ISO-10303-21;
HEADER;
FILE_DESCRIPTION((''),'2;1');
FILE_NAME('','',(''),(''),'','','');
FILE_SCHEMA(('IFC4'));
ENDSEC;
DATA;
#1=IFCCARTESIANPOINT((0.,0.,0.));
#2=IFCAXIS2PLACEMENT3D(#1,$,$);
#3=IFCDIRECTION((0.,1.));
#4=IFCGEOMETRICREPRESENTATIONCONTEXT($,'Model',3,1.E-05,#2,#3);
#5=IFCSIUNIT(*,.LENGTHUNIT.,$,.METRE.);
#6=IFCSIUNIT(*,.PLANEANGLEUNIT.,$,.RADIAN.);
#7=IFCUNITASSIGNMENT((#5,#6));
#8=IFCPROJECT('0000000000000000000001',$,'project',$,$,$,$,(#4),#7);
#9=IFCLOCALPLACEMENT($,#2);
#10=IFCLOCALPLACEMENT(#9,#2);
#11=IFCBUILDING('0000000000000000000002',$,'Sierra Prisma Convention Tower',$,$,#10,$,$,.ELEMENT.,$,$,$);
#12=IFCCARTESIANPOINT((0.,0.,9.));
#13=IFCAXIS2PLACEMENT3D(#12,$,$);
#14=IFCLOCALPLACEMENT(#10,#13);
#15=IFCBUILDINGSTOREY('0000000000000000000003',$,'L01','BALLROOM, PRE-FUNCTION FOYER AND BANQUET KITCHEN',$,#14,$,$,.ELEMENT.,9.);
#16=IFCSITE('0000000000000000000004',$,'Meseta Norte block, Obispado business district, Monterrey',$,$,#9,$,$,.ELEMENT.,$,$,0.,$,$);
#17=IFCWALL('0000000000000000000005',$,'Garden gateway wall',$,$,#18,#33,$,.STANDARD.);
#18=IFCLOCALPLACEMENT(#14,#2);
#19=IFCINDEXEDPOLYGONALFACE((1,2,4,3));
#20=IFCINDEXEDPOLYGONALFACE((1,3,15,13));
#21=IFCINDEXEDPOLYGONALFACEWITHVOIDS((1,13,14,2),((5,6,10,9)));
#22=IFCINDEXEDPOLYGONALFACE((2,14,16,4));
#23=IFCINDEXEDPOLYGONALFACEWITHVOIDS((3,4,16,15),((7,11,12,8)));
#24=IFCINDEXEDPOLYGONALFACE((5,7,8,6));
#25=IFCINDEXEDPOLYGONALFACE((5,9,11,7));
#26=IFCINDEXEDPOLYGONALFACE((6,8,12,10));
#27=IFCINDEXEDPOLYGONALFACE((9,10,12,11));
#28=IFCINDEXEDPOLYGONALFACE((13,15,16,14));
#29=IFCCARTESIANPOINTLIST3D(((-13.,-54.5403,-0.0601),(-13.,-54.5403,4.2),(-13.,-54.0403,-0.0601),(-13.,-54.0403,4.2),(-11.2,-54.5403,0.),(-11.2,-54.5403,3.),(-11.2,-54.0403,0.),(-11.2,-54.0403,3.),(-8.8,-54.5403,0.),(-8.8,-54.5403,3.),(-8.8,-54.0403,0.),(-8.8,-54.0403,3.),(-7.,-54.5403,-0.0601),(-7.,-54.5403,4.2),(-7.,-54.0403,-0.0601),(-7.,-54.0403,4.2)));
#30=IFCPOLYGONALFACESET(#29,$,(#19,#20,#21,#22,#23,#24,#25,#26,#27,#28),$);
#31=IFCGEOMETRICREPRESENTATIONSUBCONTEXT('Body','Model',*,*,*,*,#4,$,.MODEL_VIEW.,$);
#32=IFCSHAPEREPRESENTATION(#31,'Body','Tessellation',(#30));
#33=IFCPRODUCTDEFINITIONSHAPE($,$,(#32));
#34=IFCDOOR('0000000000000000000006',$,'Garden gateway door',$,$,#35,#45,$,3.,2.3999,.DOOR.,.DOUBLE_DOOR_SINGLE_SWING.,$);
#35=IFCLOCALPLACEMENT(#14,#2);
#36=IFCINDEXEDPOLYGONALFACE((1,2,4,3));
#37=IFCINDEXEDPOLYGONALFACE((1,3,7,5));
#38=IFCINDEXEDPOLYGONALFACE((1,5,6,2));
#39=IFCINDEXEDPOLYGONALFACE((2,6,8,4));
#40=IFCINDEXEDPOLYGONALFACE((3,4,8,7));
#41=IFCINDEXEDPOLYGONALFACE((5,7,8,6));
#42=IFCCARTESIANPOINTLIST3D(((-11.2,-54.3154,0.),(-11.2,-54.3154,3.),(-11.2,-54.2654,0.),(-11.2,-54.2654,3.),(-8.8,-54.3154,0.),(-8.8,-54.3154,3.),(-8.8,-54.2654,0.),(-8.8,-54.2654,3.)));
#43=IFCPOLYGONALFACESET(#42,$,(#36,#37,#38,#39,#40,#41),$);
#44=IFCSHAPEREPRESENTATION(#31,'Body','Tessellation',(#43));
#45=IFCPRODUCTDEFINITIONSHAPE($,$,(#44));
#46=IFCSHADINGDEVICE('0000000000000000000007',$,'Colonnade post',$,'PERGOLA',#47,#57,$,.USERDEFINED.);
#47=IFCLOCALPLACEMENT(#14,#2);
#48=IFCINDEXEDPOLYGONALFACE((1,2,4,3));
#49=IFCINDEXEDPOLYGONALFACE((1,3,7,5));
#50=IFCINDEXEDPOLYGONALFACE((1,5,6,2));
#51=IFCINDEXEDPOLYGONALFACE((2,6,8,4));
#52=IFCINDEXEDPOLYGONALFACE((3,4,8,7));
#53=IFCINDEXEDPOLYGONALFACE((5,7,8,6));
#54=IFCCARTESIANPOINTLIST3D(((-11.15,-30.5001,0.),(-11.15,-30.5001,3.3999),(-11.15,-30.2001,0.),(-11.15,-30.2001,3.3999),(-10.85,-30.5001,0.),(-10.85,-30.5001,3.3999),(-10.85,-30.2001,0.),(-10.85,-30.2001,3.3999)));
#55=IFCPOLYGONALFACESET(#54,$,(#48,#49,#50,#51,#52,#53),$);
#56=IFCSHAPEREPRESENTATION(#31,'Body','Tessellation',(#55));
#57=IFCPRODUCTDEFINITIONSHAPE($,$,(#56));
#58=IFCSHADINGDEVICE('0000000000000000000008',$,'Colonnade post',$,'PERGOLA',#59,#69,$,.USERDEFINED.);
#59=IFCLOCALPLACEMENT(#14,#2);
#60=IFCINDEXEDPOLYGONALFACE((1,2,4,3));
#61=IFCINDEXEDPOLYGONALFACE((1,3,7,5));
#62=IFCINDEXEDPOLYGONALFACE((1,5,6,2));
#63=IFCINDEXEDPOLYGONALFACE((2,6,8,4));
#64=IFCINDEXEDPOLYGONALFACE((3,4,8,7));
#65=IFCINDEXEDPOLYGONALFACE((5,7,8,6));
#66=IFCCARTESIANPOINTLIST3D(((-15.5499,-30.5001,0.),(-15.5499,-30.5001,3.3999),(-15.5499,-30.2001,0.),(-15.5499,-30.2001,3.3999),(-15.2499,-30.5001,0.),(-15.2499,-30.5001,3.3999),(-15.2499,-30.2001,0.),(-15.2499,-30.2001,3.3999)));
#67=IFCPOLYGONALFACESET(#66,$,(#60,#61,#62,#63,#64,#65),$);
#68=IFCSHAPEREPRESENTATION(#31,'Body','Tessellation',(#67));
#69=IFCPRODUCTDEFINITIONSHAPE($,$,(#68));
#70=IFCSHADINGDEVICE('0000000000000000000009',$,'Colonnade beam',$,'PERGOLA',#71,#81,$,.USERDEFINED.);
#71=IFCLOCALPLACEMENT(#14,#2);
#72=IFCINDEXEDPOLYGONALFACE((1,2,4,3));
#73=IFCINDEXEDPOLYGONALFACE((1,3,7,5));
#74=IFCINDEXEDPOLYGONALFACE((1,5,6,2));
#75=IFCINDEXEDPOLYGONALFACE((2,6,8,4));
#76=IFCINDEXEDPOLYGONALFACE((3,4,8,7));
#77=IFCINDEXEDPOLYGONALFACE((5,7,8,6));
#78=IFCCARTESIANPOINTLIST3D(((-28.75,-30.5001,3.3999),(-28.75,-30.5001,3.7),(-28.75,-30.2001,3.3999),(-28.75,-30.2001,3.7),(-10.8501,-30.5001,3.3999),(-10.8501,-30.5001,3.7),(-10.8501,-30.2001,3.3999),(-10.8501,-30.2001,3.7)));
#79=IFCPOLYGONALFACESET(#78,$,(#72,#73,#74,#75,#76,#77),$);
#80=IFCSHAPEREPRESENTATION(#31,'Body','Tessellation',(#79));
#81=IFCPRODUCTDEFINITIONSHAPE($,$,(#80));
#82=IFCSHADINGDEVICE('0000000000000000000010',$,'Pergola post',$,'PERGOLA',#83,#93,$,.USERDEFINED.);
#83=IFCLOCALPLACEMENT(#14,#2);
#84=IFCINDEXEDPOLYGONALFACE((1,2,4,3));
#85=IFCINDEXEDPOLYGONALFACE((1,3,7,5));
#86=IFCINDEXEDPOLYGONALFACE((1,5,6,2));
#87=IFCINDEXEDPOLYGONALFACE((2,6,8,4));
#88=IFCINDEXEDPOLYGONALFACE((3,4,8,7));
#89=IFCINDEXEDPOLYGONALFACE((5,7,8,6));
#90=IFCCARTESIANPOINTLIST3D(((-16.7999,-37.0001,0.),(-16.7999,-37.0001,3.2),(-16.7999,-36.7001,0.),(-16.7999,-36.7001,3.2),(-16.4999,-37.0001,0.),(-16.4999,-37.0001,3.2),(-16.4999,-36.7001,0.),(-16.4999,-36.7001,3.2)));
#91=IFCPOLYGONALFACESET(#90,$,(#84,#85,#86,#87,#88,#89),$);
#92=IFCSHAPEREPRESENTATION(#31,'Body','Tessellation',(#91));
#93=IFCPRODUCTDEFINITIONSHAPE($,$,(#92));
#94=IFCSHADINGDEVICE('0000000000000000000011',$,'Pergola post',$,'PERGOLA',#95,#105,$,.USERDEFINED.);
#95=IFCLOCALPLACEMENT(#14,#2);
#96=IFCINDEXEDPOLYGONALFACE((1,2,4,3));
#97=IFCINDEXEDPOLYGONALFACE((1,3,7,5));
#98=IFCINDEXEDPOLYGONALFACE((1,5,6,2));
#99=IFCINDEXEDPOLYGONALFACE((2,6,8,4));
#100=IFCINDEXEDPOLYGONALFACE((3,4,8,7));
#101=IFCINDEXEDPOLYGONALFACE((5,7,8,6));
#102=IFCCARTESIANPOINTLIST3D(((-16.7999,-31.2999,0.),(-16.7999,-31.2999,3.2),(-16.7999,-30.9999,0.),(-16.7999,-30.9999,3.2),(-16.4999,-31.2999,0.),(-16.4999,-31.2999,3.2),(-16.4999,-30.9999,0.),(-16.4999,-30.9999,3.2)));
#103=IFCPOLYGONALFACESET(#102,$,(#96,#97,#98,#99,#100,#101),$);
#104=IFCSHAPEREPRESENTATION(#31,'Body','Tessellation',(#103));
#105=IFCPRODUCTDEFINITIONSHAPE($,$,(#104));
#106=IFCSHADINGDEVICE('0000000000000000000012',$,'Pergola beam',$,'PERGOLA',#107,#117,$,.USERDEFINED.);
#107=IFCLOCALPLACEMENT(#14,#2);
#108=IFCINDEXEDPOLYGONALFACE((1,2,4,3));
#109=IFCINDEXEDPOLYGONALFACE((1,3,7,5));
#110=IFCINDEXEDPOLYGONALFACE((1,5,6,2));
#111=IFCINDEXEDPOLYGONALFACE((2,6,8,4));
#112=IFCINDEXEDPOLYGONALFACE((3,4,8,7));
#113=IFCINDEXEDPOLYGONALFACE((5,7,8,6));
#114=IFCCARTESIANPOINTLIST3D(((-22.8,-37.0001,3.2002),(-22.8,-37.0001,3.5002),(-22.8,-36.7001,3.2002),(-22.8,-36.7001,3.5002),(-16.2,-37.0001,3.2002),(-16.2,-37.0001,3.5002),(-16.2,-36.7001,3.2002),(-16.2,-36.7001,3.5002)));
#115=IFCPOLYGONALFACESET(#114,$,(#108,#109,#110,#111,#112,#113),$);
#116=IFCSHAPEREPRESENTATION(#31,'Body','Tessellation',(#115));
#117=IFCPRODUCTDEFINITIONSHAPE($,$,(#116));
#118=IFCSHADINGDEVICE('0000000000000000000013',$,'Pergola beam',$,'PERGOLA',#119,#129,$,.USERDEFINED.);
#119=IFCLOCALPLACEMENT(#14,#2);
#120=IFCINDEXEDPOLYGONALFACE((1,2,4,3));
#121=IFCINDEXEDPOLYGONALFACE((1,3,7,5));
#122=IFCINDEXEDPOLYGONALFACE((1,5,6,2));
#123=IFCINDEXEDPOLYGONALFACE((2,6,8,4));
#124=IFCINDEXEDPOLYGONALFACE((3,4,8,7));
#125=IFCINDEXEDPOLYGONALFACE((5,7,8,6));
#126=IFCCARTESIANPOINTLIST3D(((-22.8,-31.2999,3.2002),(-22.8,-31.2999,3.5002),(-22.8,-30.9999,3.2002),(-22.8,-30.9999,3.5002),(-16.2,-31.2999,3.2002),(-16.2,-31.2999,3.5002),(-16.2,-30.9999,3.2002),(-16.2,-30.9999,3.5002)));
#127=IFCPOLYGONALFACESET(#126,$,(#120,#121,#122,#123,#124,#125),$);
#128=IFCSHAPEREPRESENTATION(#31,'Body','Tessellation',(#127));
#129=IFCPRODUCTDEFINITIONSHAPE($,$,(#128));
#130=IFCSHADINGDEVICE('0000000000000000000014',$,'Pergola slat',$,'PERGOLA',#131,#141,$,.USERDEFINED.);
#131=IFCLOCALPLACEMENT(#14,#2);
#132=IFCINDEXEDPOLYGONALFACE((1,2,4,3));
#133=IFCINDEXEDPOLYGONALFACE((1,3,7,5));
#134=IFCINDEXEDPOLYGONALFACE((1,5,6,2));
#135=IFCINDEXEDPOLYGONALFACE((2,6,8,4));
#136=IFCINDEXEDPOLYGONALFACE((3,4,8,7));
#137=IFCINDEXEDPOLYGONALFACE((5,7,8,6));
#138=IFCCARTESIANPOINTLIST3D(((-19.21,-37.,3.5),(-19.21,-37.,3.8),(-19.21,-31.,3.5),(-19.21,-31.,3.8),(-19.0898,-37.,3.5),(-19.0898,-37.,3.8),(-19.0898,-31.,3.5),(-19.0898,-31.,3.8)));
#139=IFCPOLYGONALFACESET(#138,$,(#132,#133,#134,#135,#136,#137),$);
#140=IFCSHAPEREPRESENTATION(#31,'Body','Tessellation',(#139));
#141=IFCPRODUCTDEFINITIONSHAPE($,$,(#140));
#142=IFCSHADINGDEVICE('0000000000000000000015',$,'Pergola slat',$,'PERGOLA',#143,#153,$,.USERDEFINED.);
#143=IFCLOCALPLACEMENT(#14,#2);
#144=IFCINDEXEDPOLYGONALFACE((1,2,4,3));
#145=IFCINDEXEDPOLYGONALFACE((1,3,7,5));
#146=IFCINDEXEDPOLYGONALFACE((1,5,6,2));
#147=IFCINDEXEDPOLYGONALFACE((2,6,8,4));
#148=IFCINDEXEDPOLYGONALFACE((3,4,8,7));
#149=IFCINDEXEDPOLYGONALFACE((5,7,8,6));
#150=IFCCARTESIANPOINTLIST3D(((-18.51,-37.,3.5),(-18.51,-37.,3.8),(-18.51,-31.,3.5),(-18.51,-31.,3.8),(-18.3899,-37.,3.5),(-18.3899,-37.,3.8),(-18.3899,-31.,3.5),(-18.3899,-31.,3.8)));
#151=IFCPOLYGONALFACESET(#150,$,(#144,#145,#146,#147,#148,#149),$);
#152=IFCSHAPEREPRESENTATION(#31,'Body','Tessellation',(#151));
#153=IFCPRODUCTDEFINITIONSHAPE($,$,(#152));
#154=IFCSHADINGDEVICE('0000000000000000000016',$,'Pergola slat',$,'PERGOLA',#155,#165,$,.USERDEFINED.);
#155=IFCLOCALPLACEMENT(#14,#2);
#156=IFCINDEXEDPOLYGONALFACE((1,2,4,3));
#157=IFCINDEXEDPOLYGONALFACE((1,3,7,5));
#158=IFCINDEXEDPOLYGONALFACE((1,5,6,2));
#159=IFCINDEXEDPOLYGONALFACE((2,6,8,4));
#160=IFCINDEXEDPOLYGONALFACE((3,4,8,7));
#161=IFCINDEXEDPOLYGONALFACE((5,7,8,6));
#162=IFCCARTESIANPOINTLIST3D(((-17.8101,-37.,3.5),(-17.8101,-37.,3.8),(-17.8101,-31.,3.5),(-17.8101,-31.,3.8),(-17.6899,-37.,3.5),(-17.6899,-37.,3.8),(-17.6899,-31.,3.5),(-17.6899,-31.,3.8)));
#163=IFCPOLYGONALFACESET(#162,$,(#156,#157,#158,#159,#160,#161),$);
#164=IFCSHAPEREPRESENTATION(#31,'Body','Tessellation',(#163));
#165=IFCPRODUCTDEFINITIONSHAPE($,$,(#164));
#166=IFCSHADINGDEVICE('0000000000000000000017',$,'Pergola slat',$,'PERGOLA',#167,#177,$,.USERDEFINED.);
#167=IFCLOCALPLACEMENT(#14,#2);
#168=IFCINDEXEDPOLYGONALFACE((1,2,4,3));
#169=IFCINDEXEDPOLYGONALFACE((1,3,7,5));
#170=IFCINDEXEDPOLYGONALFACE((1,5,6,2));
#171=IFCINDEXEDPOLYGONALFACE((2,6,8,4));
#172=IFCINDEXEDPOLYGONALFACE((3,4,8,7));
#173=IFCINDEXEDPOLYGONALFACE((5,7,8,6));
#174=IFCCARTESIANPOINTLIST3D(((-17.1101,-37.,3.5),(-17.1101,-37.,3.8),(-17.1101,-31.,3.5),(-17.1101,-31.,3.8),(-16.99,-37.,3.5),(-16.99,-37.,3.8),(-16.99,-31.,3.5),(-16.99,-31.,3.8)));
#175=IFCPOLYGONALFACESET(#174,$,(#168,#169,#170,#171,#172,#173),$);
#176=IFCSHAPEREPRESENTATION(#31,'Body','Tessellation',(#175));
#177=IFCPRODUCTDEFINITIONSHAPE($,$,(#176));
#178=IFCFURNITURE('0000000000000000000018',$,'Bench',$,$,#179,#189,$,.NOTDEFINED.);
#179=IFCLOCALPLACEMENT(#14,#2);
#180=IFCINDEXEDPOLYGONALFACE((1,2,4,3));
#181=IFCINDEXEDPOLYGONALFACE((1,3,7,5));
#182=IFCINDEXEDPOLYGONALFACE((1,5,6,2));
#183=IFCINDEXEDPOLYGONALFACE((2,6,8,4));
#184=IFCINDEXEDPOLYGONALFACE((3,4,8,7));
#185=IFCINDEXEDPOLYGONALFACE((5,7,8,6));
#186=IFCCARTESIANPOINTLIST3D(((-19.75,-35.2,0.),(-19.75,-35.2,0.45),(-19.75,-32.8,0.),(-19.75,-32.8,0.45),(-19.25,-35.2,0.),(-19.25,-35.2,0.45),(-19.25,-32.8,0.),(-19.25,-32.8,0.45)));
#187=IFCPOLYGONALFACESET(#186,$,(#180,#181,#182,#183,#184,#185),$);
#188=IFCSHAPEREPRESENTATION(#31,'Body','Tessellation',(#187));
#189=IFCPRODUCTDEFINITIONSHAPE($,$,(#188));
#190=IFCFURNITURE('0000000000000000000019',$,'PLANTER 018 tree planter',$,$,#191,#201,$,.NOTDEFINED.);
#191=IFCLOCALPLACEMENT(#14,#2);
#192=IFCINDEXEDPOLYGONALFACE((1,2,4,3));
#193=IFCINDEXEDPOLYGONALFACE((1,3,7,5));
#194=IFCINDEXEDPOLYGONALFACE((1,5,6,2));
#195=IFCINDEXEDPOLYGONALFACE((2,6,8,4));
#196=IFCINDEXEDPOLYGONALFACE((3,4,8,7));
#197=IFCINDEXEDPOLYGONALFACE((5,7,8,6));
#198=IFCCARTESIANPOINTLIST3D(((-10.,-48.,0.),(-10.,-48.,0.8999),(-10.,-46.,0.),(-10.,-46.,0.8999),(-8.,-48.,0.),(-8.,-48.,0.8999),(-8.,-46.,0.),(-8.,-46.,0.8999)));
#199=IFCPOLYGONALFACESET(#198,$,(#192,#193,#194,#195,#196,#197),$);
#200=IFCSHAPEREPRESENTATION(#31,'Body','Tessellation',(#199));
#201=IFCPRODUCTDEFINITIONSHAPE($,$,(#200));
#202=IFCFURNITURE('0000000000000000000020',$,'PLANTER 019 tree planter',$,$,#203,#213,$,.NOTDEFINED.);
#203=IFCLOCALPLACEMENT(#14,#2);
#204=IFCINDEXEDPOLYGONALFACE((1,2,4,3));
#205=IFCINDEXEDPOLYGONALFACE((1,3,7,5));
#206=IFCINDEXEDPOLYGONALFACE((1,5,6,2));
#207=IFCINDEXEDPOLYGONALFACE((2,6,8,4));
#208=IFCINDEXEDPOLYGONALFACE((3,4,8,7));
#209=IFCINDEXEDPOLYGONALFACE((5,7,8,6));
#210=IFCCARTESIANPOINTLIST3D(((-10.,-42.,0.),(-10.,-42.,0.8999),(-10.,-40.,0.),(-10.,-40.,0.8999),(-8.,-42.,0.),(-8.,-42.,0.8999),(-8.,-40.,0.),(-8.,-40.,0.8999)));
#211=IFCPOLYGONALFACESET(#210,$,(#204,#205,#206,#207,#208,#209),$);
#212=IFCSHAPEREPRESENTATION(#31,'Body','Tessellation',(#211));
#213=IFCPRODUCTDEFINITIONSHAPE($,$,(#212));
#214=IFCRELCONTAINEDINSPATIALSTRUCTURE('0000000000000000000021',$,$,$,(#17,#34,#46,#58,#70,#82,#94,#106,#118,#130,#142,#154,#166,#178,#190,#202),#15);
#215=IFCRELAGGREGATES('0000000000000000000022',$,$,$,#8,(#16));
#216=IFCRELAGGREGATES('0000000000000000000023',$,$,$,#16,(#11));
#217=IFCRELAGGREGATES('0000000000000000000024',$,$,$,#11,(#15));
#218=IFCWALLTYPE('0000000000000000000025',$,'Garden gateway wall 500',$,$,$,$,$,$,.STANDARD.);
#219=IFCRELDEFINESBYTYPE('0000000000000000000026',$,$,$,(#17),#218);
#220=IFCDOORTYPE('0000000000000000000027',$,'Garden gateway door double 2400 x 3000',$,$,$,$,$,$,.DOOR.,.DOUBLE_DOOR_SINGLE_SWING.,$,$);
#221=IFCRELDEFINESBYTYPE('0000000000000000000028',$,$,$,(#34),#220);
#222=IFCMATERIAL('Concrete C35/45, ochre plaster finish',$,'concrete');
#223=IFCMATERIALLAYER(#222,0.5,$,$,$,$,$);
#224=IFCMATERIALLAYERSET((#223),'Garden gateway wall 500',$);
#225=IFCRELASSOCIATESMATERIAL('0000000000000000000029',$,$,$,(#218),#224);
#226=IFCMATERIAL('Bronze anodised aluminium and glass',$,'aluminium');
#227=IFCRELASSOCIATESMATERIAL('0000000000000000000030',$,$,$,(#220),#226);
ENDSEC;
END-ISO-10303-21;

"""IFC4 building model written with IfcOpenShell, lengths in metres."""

from ifc_helpers import new_model, si_unit, direction, frame, frame_2d, origin, origin_2d, place, context, subcontext, project, spatial, rectangle, extrude, material, layer, layer_set, type_object, element, fill, save


model = new_model("IFC4")

# Units and contexts
model_context = context("Model", 3, precision=1e-05, world=origin(), true_north=direction((0.0, 1.0)))
body_context = subcontext(model_context, "Body", "Model", "MODEL_VIEW")
ifc_project = project(units=[si_unit("LENGTHUNIT", "METRE"), si_unit("PLANEANGLEUNIT", "RADIAN")], contexts=[model_context])

# Site, building, storey
site_placement = place(None, origin())
site = spatial("IfcSite", under=ifc_project, at=site_placement, Name="Meseta Norte block, Obispado business district, Monterrey", CompositionType="ELEMENT", RefElevation=0.0)
building_placement = place(site_placement, origin())
building = spatial("IfcBuilding", under=site, at=building_placement, Name="Sierra Prisma Convention Tower", CompositionType="ELEMENT")
storey_placement = place(building_placement, frame((0.0, 0.0, 9.0)))
storey = spatial("IfcBuildingStorey", under=building, at=storey_placement, Name="L01", Description="BALLROOM, PRE-FUNCTION FOYER AND BANQUET KITCHEN", CompositionType="ELEMENT", Elevation=9.0)

# Wall, opening, door
ifc_material_1 = material(Name="Concrete C35/45, ochre plaster finish", Category="concrete")
ifc_layer = layer(ifc_material_1, 0.5)
ifc_layer_set = layer_set([ifc_layer], Name="Garden gateway wall 500")
wall_type = type_object("IfcWallType", Name="Garden gateway wall 500", PredefinedType="STANDARD", material=ifc_layer_set)
wall_placement = place(storey_placement, frame((-13.0, -54.2903, -0.0601), z_axis=(0.0, 0.0, 1.0), x_axis=(1.0, 0.0, 0.0)))
wall = element("IfcWall", 1, at=wall_placement, inside=storey, type_object=wall_type, Name="Garden gateway wall", PredefinedType="STANDARD", context=body_context, shape_type="SweptSolid", body=[
    extrude(rectangle(XDim=6.0, YDim=0.5, at=frame_2d((3.0, 0.0))), origin(), (0.0, 0.0, 1.0), 4.26),
])
opening_placement = place(wall_placement, frame((1.8, 0.0, 0.0601)))
opening = element("IfcOpeningElement", 2, at=opening_placement, cuts=wall, PredefinedType="OPENING", context=body_context, shape_type="SweptSolid", body=[
    extrude(rectangle(XDim=2.3999, YDim=3.0, at=frame_2d((1.2, 1.5))), frame((0.0, 0.25, 0.0), z_axis=(0.0, -1.0, 0.0), x_axis=(1.0, 0.0, 0.0)), (0.0, 0.0, 1.0), 0.5),
])
ifc_material_2 = material(Name="Bronze anodised aluminium and glass", Category="aluminium")
door_type = type_object("IfcDoorType", Name="Garden gateway door double 2400 x 3000", OperationType="DOUBLE_DOOR_SINGLE_SWING", PredefinedType="DOOR", material=ifc_material_2)
door_placement = place(opening_placement, origin())
door = element("IfcDoor", 3, at=door_placement, inside=storey, type_object=door_type, Name="Garden gateway door", OperationType="DOUBLE_DOOR_SINGLE_SWING", OverallHeight=3.0, OverallWidth=2.3999, PredefinedType="DOOR", context=body_context, shape_type="SweptSolid", body=[
    extrude(rectangle(XDim=2.3999, YDim=3.0, at=frame_2d((1.2, 1.5))), frame((0.0, 0.0249, 0.0), z_axis=(0.0, -1.0, 0.0), x_axis=(1.0, 0.0, 0.0)), (0.0, 0.0, 1.0), 0.05),
])
fill(opening, door)

# Shading devices
for number, where, z_axis, x_axis, name in (
    (4, (-11.0, -30.3501, 0.0), (0.0, 0.0, 1.0), (1.0, 0.0, 0.0), "Colonnade post"),
    (5, (-15.3999, -30.3501, 0.0), (0.0, 0.0, 1.0), (1.0, 0.0, 0.0), "Colonnade post"),
):
    element("IfcShadingDevice", number, at=place(storey_placement, frame(where, z_axis=z_axis, x_axis=x_axis)), inside=storey, Name=name, ObjectType="PERGOLA", PredefinedType="USERDEFINED", context=body_context, shape_type="SweptSolid", body=[
        extrude(rectangle(XDim=0.3, YDim=0.3, at=origin_2d()), origin(), (0.0, 0.0, 1.0), 3.3999),
    ])
shading_device_placement = place(storey_placement, frame((-19.8, -30.3501, 3.3999), z_axis=(0.0, 0.0, 1.0), x_axis=(1.0, 0.0, 0.0)))
element("IfcShadingDevice", 6, at=shading_device_placement, inside=storey, Name="Colonnade beam", ObjectType="PERGOLA", PredefinedType="USERDEFINED", context=body_context, shape_type="SweptSolid", body=[
    extrude(rectangle(XDim=17.8999, YDim=0.3, at=origin_2d()), origin(), (0.0, 0.0, 1.0), 0.3),
])
for number, where, z_axis, x_axis, name in (
    (7, (-16.6499, -36.8501, 0.0), (0.0, 0.0, 1.0), (1.0, 0.0, 0.0), "Pergola post"),
    (8, (-16.6499, -31.1499, 0.0), (0.0, 0.0, 1.0), (1.0, 0.0, 0.0), "Pergola post"),
):
    element("IfcShadingDevice", number, at=place(storey_placement, frame(where, z_axis=z_axis, x_axis=x_axis)), inside=storey, Name=name, ObjectType="PERGOLA", PredefinedType="USERDEFINED", context=body_context, shape_type="SweptSolid", body=[
        extrude(rectangle(XDim=0.3, YDim=0.3, at=origin_2d()), origin(), (0.0, 0.0, 1.0), 3.2),
    ])
for number, where, z_axis, x_axis, name in (
    (9, (-19.5, -36.8501, 3.2002), (0.0, 0.0, 1.0), (1.0, 0.0, 0.0), "Pergola beam"),
    (10, (-19.5, -31.1499, 3.2002), (0.0, 0.0, 1.0), (1.0, 0.0, 0.0), "Pergola beam"),
):
    element("IfcShadingDevice", number, at=place(storey_placement, frame(where, z_axis=z_axis, x_axis=x_axis)), inside=storey, Name=name, ObjectType="PERGOLA", PredefinedType="USERDEFINED", context=body_context, shape_type="SweptSolid", body=[
        extrude(rectangle(XDim=6.6001, YDim=0.3, at=origin_2d()), origin(), (0.0, 0.0, 1.0), 0.3),
    ])
for number, where, z_axis, x_axis, name in (
    (11, (-19.1499, -34.0, 3.5), (0.0, 0.0, 1.0), (1.0, 0.0, 0.0), "Pergola slat"),
    (12, (-18.45, -34.0, 3.5), (0.0, 0.0, 1.0), (1.0, 0.0, 0.0), "Pergola slat"),
    (13, (-17.75, -34.0, 3.5), (0.0, 0.0, 1.0), (1.0, 0.0, 0.0), "Pergola slat"),
    (14, (-17.05, -34.0, 3.5), (0.0, 0.0, 1.0), (1.0, 0.0, 0.0), "Pergola slat"),
):
    element("IfcShadingDevice", number, at=place(storey_placement, frame(where, z_axis=z_axis, x_axis=x_axis)), inside=storey, Name=name, ObjectType="PERGOLA", PredefinedType="USERDEFINED", context=body_context, shape_type="SweptSolid", body=[
        extrude(rectangle(XDim=0.1201, YDim=6.0, at=origin_2d()), origin(), (0.0, 0.0, 1.0), 0.3),
    ])

# Furniture
furniture_placement = place(storey_placement, frame((-19.5, -34.0, 0.0), z_axis=(0.0, 0.0, 1.0), x_axis=(0.0, 1.0, 0.0)))
element("IfcFurniture", 15, at=furniture_placement, inside=storey, Name="Bench", PredefinedType="NOTDEFINED", context=body_context, shape_type="SweptSolid", body=[
    extrude(rectangle(XDim=2.3999, YDim=0.5, at=origin_2d()), origin(), (0.0, 0.0, 1.0), 0.45),
])
for number, where, z_axis, x_axis, name in (
    (16, (-9.0, -47.0, 0.0), (0.0, 0.0, 1.0), (1.0, 0.0, 0.0), "PLANTER 018 tree planter"),
    (17, (-9.0, -41.0, 0.0), (0.0, 0.0, 1.0), (1.0, 0.0, 0.0), "PLANTER 019 tree planter"),
):
    element("IfcFurniture", number, at=place(storey_placement, frame(where, z_axis=z_axis, x_axis=x_axis)), inside=storey, Name=name, PredefinedType="NOTDEFINED", context=body_context, shape_type="SweptSolid", body=[
        extrude(rectangle(XDim=2.0, YDim=2.0, at=origin_2d()), origin(), (0.0, 0.0, 1.0), 0.8999),
    ])

save(model, "model.ifc")
